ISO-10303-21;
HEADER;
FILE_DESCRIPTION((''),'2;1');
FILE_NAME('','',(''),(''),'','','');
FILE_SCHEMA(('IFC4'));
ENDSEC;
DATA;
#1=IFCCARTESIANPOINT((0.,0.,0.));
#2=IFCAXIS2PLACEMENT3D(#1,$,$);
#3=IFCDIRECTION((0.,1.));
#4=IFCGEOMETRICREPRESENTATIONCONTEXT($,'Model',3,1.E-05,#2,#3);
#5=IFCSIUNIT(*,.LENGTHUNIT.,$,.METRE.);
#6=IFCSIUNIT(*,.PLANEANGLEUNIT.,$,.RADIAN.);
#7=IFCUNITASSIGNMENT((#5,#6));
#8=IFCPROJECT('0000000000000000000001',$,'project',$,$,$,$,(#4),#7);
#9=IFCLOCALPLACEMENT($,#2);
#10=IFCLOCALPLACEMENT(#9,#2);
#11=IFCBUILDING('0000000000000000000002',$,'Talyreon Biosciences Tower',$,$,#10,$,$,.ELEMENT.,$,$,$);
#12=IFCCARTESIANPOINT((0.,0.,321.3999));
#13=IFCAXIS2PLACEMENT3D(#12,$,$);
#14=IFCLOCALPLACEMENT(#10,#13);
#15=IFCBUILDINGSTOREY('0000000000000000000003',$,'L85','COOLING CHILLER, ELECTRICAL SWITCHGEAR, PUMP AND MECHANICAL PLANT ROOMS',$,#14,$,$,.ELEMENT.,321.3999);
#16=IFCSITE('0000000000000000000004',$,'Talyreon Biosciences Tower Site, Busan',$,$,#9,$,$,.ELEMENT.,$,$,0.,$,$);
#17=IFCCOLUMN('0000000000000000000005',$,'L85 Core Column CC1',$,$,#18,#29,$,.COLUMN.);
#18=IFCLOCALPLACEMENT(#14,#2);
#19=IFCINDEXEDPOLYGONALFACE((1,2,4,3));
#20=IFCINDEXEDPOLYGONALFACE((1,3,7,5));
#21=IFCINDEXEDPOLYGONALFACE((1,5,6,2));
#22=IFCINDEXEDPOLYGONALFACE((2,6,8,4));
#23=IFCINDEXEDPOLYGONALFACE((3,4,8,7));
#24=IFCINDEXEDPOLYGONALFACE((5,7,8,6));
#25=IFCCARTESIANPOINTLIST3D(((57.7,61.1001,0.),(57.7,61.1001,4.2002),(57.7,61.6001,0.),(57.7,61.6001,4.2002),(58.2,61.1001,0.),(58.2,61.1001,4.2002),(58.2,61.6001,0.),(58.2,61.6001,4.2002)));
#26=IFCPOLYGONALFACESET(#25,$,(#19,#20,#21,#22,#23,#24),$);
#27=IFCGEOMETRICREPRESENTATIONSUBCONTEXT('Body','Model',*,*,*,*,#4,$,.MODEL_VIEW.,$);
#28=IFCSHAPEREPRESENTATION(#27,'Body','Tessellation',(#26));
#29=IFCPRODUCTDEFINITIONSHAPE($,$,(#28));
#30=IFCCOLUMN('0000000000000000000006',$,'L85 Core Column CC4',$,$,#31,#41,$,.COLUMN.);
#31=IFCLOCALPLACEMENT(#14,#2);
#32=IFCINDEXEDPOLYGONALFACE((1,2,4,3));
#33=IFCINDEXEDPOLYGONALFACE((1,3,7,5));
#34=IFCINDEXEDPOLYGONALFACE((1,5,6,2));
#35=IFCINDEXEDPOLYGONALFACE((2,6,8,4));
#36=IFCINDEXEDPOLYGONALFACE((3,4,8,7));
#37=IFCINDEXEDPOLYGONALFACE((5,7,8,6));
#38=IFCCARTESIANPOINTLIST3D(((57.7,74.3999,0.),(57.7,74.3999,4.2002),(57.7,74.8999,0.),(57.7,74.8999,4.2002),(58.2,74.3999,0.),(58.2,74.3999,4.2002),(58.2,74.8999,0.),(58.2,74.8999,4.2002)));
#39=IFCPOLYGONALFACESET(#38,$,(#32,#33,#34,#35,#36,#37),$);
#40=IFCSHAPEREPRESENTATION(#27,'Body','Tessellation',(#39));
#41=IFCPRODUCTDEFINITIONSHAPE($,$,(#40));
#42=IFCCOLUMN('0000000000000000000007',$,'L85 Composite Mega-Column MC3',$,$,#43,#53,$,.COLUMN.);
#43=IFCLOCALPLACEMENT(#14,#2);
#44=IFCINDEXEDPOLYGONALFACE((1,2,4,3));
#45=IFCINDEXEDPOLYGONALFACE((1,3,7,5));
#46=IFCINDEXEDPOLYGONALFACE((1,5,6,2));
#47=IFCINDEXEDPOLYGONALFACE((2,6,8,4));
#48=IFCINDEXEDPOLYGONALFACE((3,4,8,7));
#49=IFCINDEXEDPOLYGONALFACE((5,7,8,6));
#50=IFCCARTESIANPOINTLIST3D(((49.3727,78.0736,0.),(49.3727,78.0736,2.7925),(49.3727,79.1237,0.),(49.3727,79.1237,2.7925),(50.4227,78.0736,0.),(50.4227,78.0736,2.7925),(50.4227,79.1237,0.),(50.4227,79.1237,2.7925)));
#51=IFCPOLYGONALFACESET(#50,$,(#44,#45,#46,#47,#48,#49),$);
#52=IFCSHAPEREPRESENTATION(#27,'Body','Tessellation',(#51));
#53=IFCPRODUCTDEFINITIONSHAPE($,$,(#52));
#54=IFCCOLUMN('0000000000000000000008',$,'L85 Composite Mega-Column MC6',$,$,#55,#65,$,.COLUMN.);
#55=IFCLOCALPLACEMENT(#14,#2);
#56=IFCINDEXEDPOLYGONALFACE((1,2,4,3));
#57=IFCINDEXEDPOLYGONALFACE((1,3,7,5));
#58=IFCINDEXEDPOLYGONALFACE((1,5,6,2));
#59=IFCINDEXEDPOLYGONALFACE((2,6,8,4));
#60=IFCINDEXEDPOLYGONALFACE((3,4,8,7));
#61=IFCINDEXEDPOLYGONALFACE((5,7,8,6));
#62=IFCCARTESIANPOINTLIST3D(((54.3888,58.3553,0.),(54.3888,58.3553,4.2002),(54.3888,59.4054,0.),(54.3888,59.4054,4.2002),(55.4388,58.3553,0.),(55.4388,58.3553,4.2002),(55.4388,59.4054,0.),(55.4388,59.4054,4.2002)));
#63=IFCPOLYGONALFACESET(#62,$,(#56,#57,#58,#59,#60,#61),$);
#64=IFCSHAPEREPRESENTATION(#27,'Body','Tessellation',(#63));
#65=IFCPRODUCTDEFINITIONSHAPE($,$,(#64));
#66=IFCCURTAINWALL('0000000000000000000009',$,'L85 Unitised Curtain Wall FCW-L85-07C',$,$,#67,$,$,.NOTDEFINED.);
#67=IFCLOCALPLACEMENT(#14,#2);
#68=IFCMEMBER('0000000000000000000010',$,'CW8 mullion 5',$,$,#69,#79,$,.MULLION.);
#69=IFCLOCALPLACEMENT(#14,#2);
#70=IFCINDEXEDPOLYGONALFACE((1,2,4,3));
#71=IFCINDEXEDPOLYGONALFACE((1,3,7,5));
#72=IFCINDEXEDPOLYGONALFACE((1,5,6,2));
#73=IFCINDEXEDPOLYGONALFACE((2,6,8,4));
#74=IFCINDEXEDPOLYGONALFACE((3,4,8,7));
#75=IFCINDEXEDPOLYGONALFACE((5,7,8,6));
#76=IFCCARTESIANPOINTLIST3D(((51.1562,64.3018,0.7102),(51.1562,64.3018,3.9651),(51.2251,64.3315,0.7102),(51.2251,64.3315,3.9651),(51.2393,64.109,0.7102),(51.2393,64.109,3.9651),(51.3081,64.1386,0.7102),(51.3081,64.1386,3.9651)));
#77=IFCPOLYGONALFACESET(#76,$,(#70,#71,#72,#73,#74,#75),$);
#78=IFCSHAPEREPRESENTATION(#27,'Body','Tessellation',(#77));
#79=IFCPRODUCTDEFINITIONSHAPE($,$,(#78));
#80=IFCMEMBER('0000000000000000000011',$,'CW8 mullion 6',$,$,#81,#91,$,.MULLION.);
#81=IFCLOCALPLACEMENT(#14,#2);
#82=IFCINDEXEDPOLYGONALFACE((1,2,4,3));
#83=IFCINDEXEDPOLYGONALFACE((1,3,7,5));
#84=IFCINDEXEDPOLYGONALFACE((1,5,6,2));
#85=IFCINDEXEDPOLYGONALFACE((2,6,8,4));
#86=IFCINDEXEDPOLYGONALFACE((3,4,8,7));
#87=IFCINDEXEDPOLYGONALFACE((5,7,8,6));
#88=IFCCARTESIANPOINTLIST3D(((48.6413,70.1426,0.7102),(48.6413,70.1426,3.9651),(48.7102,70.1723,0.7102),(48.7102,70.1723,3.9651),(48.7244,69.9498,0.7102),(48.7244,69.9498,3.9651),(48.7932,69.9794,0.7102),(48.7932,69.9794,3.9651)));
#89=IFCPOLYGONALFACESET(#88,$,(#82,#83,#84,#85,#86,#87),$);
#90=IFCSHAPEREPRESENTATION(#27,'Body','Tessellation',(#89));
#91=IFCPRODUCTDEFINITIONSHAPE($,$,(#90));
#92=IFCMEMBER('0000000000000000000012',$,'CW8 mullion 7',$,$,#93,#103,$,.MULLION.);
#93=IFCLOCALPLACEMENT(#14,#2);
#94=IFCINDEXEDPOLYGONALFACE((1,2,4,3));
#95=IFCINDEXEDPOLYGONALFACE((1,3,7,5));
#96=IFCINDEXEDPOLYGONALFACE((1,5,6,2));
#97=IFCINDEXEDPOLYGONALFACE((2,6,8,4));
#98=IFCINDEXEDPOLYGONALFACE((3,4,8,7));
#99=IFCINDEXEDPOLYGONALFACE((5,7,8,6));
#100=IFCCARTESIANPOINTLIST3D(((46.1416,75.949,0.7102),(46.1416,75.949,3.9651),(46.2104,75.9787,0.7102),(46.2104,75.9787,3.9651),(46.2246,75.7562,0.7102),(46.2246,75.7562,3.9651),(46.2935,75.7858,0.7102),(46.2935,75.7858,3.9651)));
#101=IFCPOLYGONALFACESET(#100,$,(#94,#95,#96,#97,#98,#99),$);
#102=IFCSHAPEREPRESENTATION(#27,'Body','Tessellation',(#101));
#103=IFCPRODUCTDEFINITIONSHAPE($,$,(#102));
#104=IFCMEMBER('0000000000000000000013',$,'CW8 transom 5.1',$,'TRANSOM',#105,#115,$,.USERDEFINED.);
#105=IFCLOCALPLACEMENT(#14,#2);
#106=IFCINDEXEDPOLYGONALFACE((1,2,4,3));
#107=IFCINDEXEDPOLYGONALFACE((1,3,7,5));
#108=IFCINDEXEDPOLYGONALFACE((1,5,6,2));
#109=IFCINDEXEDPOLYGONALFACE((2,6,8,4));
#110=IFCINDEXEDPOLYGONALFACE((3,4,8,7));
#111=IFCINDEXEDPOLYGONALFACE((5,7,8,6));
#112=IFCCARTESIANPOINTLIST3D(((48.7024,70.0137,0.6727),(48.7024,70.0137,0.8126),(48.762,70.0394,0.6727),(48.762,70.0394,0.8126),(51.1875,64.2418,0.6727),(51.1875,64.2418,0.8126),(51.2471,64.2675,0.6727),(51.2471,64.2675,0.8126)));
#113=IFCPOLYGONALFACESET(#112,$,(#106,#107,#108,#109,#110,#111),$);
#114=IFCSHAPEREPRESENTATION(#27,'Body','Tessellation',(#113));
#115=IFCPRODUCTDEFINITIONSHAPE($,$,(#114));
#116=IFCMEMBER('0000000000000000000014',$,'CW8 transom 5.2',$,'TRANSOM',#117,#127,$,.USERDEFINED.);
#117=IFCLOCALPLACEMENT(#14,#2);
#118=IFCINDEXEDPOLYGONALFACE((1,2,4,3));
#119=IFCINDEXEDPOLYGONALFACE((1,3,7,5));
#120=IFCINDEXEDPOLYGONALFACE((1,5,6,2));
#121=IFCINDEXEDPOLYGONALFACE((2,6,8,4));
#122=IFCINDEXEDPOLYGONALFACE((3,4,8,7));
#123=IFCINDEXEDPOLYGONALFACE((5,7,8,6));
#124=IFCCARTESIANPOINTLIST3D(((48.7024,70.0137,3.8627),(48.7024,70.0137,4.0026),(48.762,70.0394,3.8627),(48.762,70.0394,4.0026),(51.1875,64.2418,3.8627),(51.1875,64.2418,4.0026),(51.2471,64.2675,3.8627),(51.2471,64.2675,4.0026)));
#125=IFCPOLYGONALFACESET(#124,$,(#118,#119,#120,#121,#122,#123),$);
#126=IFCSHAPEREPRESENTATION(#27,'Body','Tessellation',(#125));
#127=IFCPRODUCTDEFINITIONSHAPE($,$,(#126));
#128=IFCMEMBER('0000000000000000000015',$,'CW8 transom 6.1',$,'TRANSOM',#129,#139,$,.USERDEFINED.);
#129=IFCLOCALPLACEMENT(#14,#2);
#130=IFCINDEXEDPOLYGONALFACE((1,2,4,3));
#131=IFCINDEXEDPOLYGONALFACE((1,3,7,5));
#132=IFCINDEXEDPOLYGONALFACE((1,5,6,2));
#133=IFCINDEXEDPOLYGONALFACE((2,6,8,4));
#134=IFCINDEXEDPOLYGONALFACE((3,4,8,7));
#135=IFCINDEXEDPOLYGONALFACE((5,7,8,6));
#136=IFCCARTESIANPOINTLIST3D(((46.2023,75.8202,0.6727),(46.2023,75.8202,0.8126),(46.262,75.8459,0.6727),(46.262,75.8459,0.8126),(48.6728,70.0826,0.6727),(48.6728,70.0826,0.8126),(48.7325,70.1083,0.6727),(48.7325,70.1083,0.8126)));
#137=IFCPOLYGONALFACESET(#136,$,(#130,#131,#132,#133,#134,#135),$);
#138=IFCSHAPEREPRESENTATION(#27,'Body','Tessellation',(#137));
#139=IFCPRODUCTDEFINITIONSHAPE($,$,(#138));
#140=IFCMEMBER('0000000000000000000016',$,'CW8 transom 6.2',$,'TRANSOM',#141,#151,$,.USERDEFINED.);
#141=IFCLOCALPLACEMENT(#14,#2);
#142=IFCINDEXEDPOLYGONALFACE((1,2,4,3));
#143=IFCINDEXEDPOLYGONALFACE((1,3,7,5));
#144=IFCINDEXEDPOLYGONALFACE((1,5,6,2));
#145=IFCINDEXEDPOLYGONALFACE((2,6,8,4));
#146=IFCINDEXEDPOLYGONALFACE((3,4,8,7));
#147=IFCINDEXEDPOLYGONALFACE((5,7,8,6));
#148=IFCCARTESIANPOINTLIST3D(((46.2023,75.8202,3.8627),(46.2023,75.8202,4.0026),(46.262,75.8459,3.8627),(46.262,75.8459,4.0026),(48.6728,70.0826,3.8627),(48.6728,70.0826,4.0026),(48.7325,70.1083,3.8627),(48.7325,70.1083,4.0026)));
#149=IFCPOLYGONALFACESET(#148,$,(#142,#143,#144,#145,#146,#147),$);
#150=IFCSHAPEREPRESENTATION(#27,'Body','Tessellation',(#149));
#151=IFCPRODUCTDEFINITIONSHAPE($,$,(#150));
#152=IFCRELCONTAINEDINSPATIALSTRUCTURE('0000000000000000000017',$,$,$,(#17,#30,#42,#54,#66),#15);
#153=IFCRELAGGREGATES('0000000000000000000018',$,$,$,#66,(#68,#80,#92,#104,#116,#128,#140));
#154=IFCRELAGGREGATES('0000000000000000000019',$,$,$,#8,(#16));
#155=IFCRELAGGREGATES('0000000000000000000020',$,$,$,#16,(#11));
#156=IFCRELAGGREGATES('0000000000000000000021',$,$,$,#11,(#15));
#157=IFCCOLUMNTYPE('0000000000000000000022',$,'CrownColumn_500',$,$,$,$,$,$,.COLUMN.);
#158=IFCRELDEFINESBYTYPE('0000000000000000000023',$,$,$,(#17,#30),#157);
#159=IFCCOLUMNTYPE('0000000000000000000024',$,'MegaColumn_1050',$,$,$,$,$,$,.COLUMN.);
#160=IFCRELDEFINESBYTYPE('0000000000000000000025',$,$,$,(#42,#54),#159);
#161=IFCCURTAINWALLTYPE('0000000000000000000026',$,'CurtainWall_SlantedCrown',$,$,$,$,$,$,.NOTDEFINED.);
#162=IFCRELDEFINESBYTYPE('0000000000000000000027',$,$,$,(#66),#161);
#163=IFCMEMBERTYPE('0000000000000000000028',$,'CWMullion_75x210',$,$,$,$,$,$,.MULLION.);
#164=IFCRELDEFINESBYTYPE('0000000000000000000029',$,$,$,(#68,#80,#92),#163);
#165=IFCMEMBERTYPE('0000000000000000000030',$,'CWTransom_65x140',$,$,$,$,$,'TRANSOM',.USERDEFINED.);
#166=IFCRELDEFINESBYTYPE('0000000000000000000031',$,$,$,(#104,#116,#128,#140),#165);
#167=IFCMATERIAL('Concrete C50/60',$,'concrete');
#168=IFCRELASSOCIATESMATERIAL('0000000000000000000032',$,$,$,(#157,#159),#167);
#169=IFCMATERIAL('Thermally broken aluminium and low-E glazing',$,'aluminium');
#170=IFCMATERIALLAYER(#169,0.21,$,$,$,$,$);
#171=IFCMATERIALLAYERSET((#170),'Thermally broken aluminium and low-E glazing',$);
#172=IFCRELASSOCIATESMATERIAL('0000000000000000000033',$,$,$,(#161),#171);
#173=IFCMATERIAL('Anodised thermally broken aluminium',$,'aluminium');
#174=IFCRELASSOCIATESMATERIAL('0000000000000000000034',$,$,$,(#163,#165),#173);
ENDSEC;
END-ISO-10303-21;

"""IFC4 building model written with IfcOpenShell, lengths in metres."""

from ifc_helpers import new_model, si_unit, direction, frame, origin, origin_2d, place, context, subcontext, project, spatial, rectangle, extrude, material, layer, layer_set, material_profile, profile_set, type_object, element, aggregate, save


model = new_model("IFC4")

# Units and contexts
model_context = context("Model", 3, precision=1e-05, world=origin(), true_north=direction((0.0, 1.0)))
body_context = subcontext(model_context, "Body", "Model", "MODEL_VIEW")
ifc_project = project(units=[si_unit("LENGTHUNIT", "METRE"), si_unit("PLANEANGLEUNIT", "RADIAN")], contexts=[model_context])

# Site, building, storey
site_placement = place(None, origin())
site = spatial("IfcSite", under=ifc_project, at=site_placement, Name="Talyreon Biosciences Tower Site, Busan", CompositionType="ELEMENT", RefElevation=0.0)
building_placement = place(site_placement, origin())
building = spatial("IfcBuilding", under=site, at=building_placement, Name="Talyreon Biosciences Tower", CompositionType="ELEMENT")
storey_placement = place(building_placement, frame((0.0, 0.0, 321.3999)))
storey = spatial("IfcBuildingStorey", under=building, at=storey_placement, Name="L85", Description="COOLING CHILLER, ELECTRICAL SWITCHGEAR, PUMP AND MECHANICAL PLANT ROOMS", CompositionType="ELEMENT", Elevation=321.3999)

# Columns
ifc_material_1 = material(Name="Concrete C50/60", Category="concrete")
ifc_material_profile_1 = material_profile(ifc_material_1, rectangle(XDim=0.5, YDim=0.5, at=origin_2d()), Name="RC 500x500")
ifc_profile_set_1 = profile_set([ifc_material_profile_1], Name="Concrete C50/60")
column_type_1 = type_object("IfcColumnType", Name="CrownColumn_500", PredefinedType="COLUMN", material=ifc_profile_set_1)
for number, where, z_axis, x_axis, name in (
    (1, (57.95, 61.3501, 0.0), (0.0, 0.0, 1.0), (1.0, 0.0, 0.0), "L85 Core Column CC1"),
    (2, (57.95, 74.6499, 0.0), (0.0, 0.0, 1.0), (1.0, 0.0, 0.0), "L85 Core Column CC4"),
):
    element("IfcColumn", number, at=place(storey_placement, frame(where, z_axis=z_axis, x_axis=x_axis)), inside=storey, type_object=column_type_1, Name=name, PredefinedType="COLUMN", context=body_context, shape_type="SweptSolid", body=[
        extrude(rectangle(XDim=0.5, YDim=0.5, at=origin_2d()), origin(), (0.0, 0.0, 1.0), 4.2002),
    ])
ifc_material_profile_2 = material_profile(ifc_material_1, rectangle(XDim=1.05, YDim=1.05, at=origin_2d()), Name="RC 1050x1050")
ifc_profile_set_2 = profile_set([ifc_material_profile_2], Name="Concrete C50/60")
column_type_2 = type_object("IfcColumnType", Name="MegaColumn_1050", PredefinedType="COLUMN", material=ifc_profile_set_2)
column_1_placement = place(storey_placement, frame((49.8977, 78.5986, 0.0), z_axis=(0.0, 0.0, 1.0), x_axis=(1.0, 0.0, 0.0)))
element("IfcColumn", 3, at=column_1_placement, inside=storey, type_object=column_type_2, Name="L85 Composite Mega-Column MC3", PredefinedType="COLUMN", context=body_context, shape_type="SweptSolid", body=[
    extrude(rectangle(XDim=1.05, YDim=1.05, at=origin_2d()), origin(), (0.0, 0.0, 1.0), 2.7925),
])
column_2_placement = place(storey_placement, frame((54.9138, 58.8804, 0.0), z_axis=(0.0, 0.0, 1.0), x_axis=(1.0, 0.0, 0.0)))
element("IfcColumn", 4, at=column_2_placement, inside=storey, type_object=column_type_2, Name="L85 Composite Mega-Column MC6", PredefinedType="COLUMN", context=body_context, shape_type="SweptSolid", body=[
    extrude(rectangle(XDim=1.05, YDim=1.05, at=origin_2d()), origin(), (0.0, 0.0, 1.0), 4.2002),
])

# Curtain wall, members
ifc_material_2 = material(Name="Thermally broken aluminium and low-E glazing", Category="aluminium")
ifc_layer_1 = layer(ifc_material_2, 0.21)
ifc_layer_set_1 = layer_set([ifc_layer_1], Name="Thermally broken aluminium and low-E glazing")
curtain_wall_type = type_object("IfcCurtainWallType", Name="CurtainWall_SlantedCrown", PredefinedType="NOTDEFINED", material=ifc_layer_set_1)
curtain_wall_placement = place(storey_placement, origin())
curtain_wall = element("IfcCurtainWall", 5, at=curtain_wall_placement, inside=storey, type_object=curtain_wall_type, Name="L85 Unitised Curtain Wall FCW-L85-07C", PredefinedType="NOTDEFINED")
ifc_material_3 = material(Name="Anodised thermally broken aluminium", Category="aluminium")
ifc_material_profile_3 = material_profile(ifc_material_3, rectangle(XDim=0.075, YDim=0.21, at=origin_2d()), Name="ALUM MULLION 75x210")
ifc_profile_set_3 = profile_set([ifc_material_profile_3], Name="Anodised thermally broken aluminium")
member_type_1 = type_object("IfcMemberType", Name="CWMullion_75x210", PredefinedType="MULLION", material=ifc_profile_set_3)
member_1_placement = place(storey_placement, frame((51.2322, 64.2202, 0.7102), z_axis=(0.0, 0.0, 1.0), x_axis=(-0.918487, -0.395451, 0.0)))
member_1 = element("IfcMember", 6, at=member_1_placement, type_object=member_type_1, Name="CW8 mullion 5", PredefinedType="MULLION", context=body_context, shape_type="SweptSolid", body=[
    extrude(rectangle(XDim=0.075, YDim=0.21, at=origin_2d()), origin(), (0.0, 0.0, 1.0), 3.2549),
])
member_2_placement = place(storey_placement, frame((48.7173, 70.061, 0.7102), z_axis=(0.0, 0.0, 1.0), x_axis=(-0.918487, -0.395451, 0.0)))
member_2 = element("IfcMember", 7, at=member_2_placement, type_object=member_type_1, Name="CW8 mullion 6", PredefinedType="MULLION", context=body_context, shape_type="SweptSolid", body=[
    extrude(rectangle(XDim=0.075, YDim=0.21, at=origin_2d()), origin(), (0.0, 0.0, 1.0), 3.2549),
])
member_3_placement = place(storey_placement, frame((46.2175, 75.8674, 0.7102), z_axis=(0.0, 0.0, 1.0), x_axis=(-0.918487, -0.395451, 0.0)))
member_3 = element("IfcMember", 8, at=member_3_placement, type_object=member_type_1, Name="CW8 mullion 7", PredefinedType="MULLION", context=body_context, shape_type="SweptSolid", body=[
    extrude(rectangle(XDim=0.075, YDim=0.21, at=origin_2d()), origin(), (0.0, 0.0, 1.0), 3.2549),
])
ifc_material_profile_4 = material_profile(ifc_material_3, rectangle(XDim=0.0649, YDim=0.1399, at=origin_2d()), Name="ALUM TRANSOM 65x140")
ifc_profile_set_4 = profile_set([ifc_material_profile_4], Name="Anodised thermally broken aluminium")
member_type_2 = type_object("IfcMemberType", Name="CWTransom_65x140", ElementType="TRANSOM", PredefinedType="USERDEFINED", material=ifc_profile_set_4)
member_4_placement = place(storey_placement, frame((51.2173, 64.2546, 0.7427), z_axis=(-0.395452, 0.918487, 0.0), x_axis=(-0.918487, -0.395452, 0.0)))
member_4 = element("IfcMember", 9, at=member_4_placement, type_object=member_type_2, Name="CW8 transom 5.1", ObjectType="TRANSOM", PredefinedType="USERDEFINED", context=body_context, shape_type="SweptSolid", body=[
    extrude(rectangle(XDim=0.0649, YDim=0.1399, at=origin_2d()), origin(), (0.0, 0.0, 1.0), 6.2842),
])
member_5_placement = place(storey_placement, frame((51.2173, 64.2546, 3.9326), z_axis=(-0.395452, 0.918487, 0.0), x_axis=(-0.918487, -0.395452, 0.0)))
member_5 = element("IfcMember", 10, at=member_5_placement, type_object=member_type_2, Name="CW8 transom 5.2", ObjectType="TRANSOM", PredefinedType="USERDEFINED", context=body_context, shape_type="SweptSolid", body=[
    extrude(rectangle(XDim=0.0649, YDim=0.1399, at=origin_2d()), origin(), (0.0, 0.0, 1.0), 6.2842),
])
member_6_placement = place(storey_placement, frame((48.7026, 70.0955, 0.7427), z_axis=(-0.395475, 0.918477, 0.0), x_axis=(-0.918477, -0.395475, 0.0)))
member_6 = element("IfcMember", 11, at=member_6_placement, type_object=member_type_2, Name="CW8 transom 6.1", ObjectType="TRANSOM", PredefinedType="USERDEFINED", context=body_context, shape_type="SweptSolid", body=[
    extrude(rectangle(XDim=0.0649, YDim=0.1399, at=origin_2d()), origin(), (0.0, 0.0, 1.0), 6.2468),
])
member_7_placement = place(storey_placement, frame((48.7026, 70.0955, 3.9326), z_axis=(-0.395475, 0.918477, 0.0), x_axis=(-0.918477, -0.395475, 0.0)))
member_7 = element("IfcMember", 12, at=member_7_placement, type_object=member_type_2, Name="CW8 transom 6.2", ObjectType="TRANSOM", PredefinedType="USERDEFINED", context=body_context, shape_type="SweptSolid", body=[
    extrude(rectangle(XDim=0.0649, YDim=0.1399, at=origin_2d()), origin(), (0.0, 0.0, 1.0), 6.2468),
])

aggregate(curtain_wall, [member_1, member_2, member_3, member_4, member_5, member_6, member_7])

save(model, "model.ifc")
